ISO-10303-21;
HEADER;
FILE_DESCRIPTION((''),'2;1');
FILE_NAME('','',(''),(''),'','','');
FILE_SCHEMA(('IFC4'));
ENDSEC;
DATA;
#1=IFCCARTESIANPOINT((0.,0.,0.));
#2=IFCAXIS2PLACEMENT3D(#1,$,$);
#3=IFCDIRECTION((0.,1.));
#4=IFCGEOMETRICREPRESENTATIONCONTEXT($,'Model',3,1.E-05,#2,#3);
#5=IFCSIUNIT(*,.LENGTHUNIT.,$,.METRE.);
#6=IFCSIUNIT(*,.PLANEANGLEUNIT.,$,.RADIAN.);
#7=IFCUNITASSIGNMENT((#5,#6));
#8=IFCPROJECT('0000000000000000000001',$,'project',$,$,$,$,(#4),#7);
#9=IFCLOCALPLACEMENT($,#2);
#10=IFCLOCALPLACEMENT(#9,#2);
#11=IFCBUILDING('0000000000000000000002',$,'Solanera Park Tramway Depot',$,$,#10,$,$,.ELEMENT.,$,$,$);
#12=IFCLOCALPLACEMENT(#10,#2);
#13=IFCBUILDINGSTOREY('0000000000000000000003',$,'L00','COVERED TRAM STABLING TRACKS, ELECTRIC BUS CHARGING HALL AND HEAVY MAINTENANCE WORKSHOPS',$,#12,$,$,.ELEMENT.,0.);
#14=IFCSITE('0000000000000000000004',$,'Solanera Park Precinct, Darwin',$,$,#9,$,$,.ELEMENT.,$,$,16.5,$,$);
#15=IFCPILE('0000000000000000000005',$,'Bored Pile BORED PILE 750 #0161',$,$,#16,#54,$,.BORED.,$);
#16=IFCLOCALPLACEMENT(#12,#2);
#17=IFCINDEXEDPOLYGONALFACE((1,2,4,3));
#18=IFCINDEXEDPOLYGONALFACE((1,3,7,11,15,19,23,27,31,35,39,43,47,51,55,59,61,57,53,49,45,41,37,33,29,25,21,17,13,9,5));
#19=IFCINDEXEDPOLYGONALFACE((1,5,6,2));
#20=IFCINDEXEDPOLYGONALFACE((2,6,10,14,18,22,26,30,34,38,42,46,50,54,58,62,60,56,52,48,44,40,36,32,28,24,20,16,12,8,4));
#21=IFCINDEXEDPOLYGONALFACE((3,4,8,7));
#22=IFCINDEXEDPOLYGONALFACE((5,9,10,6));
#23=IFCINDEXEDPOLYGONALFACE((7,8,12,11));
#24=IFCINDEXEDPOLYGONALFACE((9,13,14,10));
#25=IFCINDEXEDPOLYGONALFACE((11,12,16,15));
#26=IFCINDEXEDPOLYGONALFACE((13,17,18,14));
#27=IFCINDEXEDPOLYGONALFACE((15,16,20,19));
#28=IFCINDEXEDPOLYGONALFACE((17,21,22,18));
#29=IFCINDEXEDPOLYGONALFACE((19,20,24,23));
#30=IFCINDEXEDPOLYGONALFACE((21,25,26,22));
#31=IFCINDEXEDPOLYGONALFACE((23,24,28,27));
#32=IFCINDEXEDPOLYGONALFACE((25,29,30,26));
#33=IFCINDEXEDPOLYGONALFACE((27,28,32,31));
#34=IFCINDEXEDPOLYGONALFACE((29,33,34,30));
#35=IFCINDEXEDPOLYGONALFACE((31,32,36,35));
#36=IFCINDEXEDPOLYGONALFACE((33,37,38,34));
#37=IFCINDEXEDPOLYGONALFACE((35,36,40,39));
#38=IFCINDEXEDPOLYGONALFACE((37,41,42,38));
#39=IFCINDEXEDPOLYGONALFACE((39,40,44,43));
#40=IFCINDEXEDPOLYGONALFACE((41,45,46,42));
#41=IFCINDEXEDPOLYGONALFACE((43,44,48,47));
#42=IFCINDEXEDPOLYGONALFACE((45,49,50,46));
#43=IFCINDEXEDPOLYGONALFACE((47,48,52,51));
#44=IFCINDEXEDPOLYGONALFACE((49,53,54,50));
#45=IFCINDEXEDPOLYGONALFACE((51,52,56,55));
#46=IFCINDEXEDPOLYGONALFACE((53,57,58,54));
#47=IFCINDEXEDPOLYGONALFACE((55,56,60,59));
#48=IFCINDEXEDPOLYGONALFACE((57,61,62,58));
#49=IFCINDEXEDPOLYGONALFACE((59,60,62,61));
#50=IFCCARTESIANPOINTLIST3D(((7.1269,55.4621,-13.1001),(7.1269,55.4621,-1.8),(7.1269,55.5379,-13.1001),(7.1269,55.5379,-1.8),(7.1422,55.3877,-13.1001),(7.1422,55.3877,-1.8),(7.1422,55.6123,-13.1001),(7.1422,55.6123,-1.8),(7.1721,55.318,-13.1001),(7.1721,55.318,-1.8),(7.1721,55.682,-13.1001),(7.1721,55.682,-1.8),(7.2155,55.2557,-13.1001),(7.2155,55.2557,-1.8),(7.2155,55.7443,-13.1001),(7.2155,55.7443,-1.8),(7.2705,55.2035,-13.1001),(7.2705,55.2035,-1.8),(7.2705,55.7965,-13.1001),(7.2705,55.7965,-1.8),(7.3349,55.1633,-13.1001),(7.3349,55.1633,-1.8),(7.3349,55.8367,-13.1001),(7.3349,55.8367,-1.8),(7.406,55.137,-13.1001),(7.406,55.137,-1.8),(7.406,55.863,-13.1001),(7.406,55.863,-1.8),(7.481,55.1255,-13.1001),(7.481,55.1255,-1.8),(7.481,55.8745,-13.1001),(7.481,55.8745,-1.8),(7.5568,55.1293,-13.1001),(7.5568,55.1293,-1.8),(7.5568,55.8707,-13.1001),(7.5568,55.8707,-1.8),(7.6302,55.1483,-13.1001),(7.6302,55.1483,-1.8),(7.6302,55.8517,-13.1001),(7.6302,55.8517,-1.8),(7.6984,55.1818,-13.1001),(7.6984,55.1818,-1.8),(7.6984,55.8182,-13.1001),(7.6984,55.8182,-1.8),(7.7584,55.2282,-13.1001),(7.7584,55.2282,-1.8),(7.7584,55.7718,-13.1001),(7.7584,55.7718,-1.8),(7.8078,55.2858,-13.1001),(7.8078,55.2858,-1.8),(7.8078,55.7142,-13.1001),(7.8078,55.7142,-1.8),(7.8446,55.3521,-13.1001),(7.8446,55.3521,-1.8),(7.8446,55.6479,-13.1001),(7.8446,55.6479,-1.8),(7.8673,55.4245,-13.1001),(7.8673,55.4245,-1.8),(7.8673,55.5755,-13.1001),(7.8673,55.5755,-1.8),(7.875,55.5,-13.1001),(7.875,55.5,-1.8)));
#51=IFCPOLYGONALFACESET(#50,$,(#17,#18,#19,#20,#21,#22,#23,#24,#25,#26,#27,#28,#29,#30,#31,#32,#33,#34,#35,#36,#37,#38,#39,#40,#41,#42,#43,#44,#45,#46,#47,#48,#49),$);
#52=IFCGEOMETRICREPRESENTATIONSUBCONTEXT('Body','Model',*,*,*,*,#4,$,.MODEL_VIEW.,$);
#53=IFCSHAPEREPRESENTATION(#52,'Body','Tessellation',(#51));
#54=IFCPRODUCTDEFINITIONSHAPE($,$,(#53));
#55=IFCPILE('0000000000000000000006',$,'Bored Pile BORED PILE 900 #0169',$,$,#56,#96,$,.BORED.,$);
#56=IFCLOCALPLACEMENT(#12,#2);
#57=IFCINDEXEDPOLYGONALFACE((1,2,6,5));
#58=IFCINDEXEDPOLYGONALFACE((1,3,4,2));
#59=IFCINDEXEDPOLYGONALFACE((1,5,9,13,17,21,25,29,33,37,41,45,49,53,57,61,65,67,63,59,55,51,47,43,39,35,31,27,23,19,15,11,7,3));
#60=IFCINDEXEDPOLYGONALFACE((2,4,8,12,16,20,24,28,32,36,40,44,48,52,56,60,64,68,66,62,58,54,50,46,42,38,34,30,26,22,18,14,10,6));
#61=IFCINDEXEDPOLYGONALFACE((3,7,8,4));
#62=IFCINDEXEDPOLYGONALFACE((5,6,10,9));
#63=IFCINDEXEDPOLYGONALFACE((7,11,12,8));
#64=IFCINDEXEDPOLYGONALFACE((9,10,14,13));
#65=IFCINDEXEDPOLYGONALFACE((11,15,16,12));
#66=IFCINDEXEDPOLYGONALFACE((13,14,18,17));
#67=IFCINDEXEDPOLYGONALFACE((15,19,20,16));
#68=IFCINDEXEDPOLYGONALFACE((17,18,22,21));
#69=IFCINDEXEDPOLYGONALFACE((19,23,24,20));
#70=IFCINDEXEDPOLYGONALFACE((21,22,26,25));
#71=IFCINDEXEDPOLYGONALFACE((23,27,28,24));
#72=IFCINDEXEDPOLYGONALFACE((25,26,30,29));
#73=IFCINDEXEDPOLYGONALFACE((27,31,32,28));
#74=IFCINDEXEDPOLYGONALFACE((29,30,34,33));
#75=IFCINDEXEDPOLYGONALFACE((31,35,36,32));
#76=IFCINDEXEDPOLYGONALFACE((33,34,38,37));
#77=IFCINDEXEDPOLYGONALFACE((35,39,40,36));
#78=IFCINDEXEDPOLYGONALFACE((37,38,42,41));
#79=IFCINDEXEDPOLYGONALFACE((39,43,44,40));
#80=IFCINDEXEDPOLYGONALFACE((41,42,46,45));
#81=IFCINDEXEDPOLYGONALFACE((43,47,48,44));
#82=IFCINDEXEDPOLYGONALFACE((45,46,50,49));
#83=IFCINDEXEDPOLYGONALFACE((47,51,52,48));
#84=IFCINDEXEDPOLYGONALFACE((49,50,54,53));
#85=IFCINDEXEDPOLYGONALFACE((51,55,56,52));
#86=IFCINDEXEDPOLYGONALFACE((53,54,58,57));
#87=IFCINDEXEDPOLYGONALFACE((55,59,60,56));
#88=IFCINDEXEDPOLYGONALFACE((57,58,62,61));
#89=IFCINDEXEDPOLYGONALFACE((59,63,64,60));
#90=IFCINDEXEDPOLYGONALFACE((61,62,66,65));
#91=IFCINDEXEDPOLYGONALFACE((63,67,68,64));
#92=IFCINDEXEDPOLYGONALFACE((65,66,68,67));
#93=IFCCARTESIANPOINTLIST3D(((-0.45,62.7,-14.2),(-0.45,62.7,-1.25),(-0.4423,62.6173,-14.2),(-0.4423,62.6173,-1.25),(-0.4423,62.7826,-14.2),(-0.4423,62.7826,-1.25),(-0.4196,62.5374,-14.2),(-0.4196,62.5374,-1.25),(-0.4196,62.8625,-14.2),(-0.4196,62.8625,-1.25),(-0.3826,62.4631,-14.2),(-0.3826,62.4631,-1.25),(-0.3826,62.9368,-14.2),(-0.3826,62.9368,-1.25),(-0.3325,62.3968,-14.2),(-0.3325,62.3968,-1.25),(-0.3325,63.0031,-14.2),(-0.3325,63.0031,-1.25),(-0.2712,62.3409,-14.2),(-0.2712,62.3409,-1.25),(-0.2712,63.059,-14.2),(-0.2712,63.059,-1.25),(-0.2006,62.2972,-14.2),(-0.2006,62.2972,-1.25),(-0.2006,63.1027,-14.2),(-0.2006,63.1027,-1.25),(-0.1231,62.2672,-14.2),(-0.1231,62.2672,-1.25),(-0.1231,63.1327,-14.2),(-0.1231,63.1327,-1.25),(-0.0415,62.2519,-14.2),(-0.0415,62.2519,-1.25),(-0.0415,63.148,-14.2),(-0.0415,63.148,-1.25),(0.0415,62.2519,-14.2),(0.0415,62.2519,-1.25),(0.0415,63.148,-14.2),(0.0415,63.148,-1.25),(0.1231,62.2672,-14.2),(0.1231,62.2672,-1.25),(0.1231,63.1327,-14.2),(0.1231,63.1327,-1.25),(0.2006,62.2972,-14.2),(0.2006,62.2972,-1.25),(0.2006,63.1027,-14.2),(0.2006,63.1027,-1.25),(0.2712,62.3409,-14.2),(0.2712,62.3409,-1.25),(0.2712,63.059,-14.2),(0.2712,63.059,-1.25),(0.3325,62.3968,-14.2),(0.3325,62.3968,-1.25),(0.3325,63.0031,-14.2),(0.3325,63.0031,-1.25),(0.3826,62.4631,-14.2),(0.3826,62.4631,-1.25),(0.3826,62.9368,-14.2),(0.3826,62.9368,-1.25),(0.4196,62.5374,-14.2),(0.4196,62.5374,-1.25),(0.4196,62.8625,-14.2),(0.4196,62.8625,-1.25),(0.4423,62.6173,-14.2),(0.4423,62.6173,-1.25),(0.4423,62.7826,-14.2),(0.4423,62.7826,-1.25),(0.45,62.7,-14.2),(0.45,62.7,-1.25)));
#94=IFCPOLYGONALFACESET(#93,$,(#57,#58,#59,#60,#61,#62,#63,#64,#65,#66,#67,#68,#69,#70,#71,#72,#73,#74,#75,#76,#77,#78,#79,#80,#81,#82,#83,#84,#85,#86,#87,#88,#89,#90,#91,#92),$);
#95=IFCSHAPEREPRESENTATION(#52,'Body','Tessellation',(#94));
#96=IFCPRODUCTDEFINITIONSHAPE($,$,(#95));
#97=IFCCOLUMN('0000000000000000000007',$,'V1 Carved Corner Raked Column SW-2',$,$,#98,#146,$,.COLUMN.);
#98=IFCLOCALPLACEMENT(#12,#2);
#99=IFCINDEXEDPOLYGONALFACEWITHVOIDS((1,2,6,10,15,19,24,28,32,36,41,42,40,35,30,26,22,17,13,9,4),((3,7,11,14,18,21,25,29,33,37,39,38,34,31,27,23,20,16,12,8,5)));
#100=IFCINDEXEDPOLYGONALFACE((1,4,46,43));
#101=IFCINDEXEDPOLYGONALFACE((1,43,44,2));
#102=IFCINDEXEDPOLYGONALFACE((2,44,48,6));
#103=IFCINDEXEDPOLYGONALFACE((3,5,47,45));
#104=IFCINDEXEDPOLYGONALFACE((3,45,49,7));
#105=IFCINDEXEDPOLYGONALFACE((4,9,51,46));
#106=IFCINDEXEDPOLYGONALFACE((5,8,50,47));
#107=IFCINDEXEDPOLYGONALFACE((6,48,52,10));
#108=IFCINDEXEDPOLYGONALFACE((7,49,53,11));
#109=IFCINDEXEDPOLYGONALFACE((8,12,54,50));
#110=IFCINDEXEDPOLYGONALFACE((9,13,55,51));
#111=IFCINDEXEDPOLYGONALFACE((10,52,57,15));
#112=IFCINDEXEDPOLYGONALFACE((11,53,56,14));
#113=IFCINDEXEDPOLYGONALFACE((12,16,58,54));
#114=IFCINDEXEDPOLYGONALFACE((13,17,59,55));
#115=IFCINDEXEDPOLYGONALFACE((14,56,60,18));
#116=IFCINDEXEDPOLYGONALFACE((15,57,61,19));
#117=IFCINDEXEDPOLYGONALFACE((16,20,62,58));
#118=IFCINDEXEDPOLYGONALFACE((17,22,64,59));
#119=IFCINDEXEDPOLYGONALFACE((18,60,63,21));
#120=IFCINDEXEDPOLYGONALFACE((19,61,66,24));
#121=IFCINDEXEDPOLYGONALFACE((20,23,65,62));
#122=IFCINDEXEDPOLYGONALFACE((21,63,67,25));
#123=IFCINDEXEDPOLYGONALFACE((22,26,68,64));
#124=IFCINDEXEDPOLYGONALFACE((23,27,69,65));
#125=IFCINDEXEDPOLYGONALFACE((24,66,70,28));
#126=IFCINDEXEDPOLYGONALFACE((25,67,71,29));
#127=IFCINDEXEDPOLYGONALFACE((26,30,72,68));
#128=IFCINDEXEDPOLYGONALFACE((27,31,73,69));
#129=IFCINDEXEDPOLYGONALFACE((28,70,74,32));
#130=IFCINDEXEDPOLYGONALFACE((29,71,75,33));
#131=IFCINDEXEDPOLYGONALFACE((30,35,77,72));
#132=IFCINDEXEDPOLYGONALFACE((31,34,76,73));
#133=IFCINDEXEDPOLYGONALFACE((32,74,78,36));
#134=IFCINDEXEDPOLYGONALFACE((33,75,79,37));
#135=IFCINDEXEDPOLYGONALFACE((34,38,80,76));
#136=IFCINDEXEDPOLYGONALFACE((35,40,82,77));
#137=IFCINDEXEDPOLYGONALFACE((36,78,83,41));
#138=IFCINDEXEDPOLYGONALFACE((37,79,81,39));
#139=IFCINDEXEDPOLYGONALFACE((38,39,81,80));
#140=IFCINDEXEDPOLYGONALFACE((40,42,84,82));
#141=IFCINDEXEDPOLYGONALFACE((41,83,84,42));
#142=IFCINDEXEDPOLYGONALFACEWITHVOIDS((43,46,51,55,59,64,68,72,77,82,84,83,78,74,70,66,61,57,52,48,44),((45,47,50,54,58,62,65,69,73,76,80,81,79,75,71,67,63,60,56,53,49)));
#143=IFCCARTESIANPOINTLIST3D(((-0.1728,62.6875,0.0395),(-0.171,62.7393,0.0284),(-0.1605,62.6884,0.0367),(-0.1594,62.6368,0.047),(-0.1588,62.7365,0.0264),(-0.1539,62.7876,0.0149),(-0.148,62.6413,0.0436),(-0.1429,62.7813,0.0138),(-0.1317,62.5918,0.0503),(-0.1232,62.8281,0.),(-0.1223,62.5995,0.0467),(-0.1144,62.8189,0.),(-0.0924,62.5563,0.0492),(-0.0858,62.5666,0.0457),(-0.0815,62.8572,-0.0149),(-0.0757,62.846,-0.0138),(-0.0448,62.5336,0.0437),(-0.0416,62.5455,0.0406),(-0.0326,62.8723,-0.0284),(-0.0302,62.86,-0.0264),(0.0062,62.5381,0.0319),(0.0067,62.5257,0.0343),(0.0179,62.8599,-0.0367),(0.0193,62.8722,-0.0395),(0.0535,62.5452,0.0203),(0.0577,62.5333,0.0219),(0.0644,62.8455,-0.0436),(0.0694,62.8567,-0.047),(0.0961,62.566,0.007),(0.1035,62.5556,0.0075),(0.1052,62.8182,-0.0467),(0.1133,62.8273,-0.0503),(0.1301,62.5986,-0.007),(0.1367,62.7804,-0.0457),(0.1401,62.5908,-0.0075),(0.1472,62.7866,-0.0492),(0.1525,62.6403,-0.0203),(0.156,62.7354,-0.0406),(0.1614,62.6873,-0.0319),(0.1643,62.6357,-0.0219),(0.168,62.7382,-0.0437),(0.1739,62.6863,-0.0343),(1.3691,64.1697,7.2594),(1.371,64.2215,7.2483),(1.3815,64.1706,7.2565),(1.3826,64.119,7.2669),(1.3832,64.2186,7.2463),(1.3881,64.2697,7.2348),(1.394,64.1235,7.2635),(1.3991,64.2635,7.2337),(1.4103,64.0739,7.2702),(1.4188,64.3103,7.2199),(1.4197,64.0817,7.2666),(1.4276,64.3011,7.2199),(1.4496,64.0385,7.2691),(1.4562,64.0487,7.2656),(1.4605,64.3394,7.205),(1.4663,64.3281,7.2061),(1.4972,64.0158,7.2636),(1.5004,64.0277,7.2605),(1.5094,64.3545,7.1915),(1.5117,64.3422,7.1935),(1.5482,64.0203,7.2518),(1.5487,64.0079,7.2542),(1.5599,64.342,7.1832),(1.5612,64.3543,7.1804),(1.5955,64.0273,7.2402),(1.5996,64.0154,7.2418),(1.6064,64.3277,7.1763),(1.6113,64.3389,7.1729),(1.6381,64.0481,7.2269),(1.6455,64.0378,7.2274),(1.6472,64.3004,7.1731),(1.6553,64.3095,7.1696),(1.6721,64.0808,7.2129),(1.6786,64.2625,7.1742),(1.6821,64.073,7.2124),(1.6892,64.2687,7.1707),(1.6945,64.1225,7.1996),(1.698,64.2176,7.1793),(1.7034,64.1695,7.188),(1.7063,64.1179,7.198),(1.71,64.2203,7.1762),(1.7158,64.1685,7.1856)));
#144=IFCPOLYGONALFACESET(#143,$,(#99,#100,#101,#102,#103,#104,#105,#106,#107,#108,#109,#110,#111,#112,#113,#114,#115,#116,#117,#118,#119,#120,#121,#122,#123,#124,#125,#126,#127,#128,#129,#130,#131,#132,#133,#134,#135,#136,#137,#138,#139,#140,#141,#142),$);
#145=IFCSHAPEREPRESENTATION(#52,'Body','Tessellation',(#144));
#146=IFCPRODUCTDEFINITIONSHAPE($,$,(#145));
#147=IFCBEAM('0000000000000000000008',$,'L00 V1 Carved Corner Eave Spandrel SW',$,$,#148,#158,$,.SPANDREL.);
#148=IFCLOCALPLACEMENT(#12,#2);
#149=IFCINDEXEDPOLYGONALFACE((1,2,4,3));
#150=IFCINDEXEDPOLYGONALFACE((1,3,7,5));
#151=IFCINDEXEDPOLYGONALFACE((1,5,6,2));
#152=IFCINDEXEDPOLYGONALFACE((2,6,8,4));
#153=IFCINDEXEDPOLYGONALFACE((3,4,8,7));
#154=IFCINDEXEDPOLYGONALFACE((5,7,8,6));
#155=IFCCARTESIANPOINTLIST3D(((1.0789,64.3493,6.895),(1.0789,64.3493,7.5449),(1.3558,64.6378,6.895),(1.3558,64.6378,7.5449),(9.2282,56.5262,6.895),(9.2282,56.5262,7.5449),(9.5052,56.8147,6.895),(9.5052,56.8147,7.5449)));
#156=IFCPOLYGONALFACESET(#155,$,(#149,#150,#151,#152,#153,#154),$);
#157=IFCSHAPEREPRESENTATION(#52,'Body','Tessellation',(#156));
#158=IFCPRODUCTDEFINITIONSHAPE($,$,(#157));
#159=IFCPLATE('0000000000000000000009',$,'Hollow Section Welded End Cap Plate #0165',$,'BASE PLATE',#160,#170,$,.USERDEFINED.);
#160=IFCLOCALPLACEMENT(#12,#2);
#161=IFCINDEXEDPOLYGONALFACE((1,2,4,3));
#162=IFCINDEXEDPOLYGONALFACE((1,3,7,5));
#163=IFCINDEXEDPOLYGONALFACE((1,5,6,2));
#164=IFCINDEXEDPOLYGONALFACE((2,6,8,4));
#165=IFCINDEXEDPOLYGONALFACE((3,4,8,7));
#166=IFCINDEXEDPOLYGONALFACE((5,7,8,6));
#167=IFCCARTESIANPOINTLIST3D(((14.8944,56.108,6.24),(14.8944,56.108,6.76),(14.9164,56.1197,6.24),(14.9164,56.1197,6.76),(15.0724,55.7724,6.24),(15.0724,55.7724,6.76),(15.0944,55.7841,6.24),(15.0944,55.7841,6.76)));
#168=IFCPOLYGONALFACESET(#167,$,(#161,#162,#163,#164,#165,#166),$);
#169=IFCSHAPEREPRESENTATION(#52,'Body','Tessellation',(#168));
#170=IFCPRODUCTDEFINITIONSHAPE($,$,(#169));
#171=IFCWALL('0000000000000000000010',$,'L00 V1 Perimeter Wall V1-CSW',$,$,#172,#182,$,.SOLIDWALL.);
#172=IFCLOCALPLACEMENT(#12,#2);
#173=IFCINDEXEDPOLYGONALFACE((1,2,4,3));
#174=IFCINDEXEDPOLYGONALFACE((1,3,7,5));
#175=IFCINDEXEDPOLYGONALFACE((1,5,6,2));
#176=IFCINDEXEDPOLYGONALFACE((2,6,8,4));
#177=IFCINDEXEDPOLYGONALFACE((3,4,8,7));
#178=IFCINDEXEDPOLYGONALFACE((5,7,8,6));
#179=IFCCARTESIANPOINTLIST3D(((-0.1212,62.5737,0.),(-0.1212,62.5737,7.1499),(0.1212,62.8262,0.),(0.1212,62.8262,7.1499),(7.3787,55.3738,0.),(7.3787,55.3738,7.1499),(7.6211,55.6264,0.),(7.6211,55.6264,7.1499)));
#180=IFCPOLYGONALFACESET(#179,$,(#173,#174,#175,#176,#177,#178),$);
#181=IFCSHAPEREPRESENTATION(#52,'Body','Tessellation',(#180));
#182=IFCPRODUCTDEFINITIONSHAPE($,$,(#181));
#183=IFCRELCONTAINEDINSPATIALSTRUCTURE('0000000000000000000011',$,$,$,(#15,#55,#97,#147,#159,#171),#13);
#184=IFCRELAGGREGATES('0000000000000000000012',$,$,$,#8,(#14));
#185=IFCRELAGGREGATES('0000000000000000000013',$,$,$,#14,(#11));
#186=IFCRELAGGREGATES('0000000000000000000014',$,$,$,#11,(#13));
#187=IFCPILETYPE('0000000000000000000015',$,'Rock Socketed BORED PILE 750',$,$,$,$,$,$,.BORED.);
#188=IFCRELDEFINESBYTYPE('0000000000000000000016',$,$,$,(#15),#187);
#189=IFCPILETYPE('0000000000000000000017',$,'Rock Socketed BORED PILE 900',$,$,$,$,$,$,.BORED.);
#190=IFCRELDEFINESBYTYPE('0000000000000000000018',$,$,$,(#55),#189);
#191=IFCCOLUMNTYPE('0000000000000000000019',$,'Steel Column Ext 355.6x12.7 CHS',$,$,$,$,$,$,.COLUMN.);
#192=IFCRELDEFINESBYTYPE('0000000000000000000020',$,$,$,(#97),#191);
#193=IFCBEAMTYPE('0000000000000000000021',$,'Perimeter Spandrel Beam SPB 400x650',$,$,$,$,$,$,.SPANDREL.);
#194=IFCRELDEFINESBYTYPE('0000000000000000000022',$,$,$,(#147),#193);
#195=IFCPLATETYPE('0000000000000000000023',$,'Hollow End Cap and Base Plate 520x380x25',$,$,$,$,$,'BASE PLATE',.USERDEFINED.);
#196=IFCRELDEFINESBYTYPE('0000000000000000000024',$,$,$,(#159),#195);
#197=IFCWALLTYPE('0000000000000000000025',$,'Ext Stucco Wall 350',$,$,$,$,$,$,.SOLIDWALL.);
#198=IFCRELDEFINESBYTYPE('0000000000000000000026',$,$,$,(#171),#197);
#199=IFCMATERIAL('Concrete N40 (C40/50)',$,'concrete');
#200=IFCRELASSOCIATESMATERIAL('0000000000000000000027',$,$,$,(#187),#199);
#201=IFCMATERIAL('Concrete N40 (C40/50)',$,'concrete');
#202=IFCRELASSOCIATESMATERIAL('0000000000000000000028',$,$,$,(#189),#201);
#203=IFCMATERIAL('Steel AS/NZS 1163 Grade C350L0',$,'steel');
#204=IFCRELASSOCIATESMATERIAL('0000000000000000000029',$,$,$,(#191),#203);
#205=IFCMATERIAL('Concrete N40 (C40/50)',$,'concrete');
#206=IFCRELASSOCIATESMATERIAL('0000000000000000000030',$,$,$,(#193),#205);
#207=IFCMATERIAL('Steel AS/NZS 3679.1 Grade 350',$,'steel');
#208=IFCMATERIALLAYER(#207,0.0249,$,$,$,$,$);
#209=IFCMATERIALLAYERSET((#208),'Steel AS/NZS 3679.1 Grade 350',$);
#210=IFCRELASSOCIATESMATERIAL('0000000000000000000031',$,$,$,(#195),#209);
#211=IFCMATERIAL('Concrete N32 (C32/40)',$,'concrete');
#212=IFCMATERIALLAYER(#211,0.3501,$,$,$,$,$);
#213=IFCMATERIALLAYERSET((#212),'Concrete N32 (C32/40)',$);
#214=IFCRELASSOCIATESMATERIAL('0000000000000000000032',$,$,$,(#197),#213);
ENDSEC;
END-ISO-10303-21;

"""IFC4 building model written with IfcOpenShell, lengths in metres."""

from ifc_helpers import new_model, si_unit, direction, frame, frame_2d, origin, origin_2d, place, context, subcontext, project, spatial, rectangle, circle, hollow_circle, extrude, material, layer, layer_set, material_profile, profile_set, type_object, element, save


model = new_model("IFC4")

# Units and contexts
model_context = context("Model", 3, precision=1e-05, world=origin(), true_north=direction((0.0, 1.0)))
body_context = subcontext(model_context, "Body", "Model", "MODEL_VIEW")
ifc_project = project(units=[si_unit("LENGTHUNIT", "METRE"), si_unit("PLANEANGLEUNIT", "RADIAN")], contexts=[model_context])

# Site, building, storey
site_placement = place(None, origin())
site = spatial("IfcSite", under=ifc_project, at=site_placement, Name="Solanera Park Precinct, Darwin", CompositionType="ELEMENT", RefElevation=16.5)
building_placement = place(site_placement, origin())
building = spatial("IfcBuilding", under=site, at=building_placement, Name="Solanera Park Tramway Depot", CompositionType="ELEMENT")
storey_placement = place(building_placement, origin())
storey = spatial("IfcBuildingStorey", under=building, at=storey_placement, Name="L00", Description="COVERED TRAM STABLING TRACKS, ELECTRIC BUS CHARGING HALL AND HEAVY MAINTENANCE WORKSHOPS", CompositionType="ELEMENT", Elevation=0.0)

# Piles
ifc_material_1 = material(Name="Concrete N40 (C40/50)", Category="concrete")
ifc_material_profile_1 = material_profile(ifc_material_1, circle(Radius=0.375, at=origin_2d()), Name="BORED PILE 750")
ifc_profile_set_1 = profile_set([ifc_material_profile_1], Name="Concrete N40 (C40/50)")
pile_type_1 = type_object("IfcPileType", Name="Rock Socketed BORED PILE 750", PredefinedType="BORED", material=ifc_profile_set_1)
pile_1_placement = place(storey_placement, frame((7.5, 55.5, -1.8), z_axis=(0.0, 0.0, -1.0), x_axis=(1.0, 0.0, 0.0)))
element("IfcPile", 1, at=pile_1_placement, inside=storey, type_object=pile_type_1, Name="Bored Pile BORED PILE 750 #0161", PredefinedType="BORED", context=body_context, shape_type="SweptSolid", body=[
    extrude(circle(Radius=0.375, at=origin_2d()), origin(), (0.0, 0.0, 1.0), 11.3),
])
ifc_material_2 = material(Name="Concrete N40 (C40/50)", Category="concrete")
ifc_material_profile_2 = material_profile(ifc_material_2, circle(Radius=0.45, at=origin_2d()), Name="BORED PILE 900")
ifc_profile_set_2 = profile_set([ifc_material_profile_2], Name="Concrete N40 (C40/50)")
pile_type_2 = type_object("IfcPileType", Name="Rock Socketed BORED PILE 900", PredefinedType="BORED", material=ifc_profile_set_2)
pile_2_placement = place(storey_placement, frame((0.0, 62.7, -1.25), z_axis=(0.0, 0.0, -1.0), x_axis=(1.0, 0.0, 0.0)))
element("IfcPile", 2, at=pile_2_placement, inside=storey, type_object=pile_type_2, Name="Bored Pile BORED PILE 900 #0169", PredefinedType="BORED", context=body_context, shape_type="SweptSolid", body=[
    extrude(circle(Radius=0.45, at=origin_2d()), origin(), (0.0, 0.0, 1.0), 12.95),
])

# Column
ifc_material_3 = material(Name="Steel AS/NZS 1163 Grade C350L0", Category="steel")
ifc_material_profile_3 = material_profile(ifc_material_3, hollow_circle(Radius=0.1777, WallThickness=0.0127, at=origin_2d()), Name="355.6x12.7 CHS")
ifc_profile_set_3 = profile_set([ifc_material_profile_3], Name="Steel AS/NZS 1163 Grade C350L0")
column_type = type_object("IfcColumnType", Name="Steel Column Ext 355.6x12.7 CHS", PredefinedType="COLUMN", material=ifc_profile_set_3)
column_placement = place(storey_placement, frame((0.0, 62.7, 0.0), z_axis=(0.204777, 0.196833, 0.958813), x_axis=(-0.692986, 0.720952, 0.0)))
element("IfcColumn", 3, at=column_placement, inside=storey, type_object=column_type, Name="V1 Carved Corner Raked Column SW-2", PredefinedType="COLUMN", context=body_context, shape_type="SweptSolid", body=[
    extrude(hollow_circle(Radius=0.1777, WallThickness=0.0127, at=origin_2d()), origin(), (0.0, 0.0, 1.0), 7.53),
])

# Beam
ifc_material_4 = material(Name="Concrete N40 (C40/50)", Category="concrete")
ifc_material_profile_4 = material_profile(ifc_material_4, rectangle(XDim=0.3999, YDim=0.6499, at=origin_2d()), Name="SPB 400x650")
ifc_profile_set_4 = profile_set([ifc_material_profile_4], Name="Concrete N40 (C40/50)")
beam_type = type_object("IfcBeamType", Name="Perimeter Spandrel Beam SPB 400x650", PredefinedType="SPANDREL", material=ifc_profile_set_4)
beam_placement = place(storey_placement, frame((9.3667, 56.6704, 7.22), z_axis=(-0.721396, 0.692523, 0.0), x_axis=(-0.692523, -0.721396, 0.0)))
element("IfcBeam", 4, at=beam_placement, inside=storey, type_object=beam_type, Name="L00 V1 Carved Corner Eave Spandrel SW", PredefinedType="SPANDREL", context=body_context, shape_type="SweptSolid", body=[
    extrude(rectangle(XDim=0.3999, YDim=0.6499, at=origin_2d()), origin(), (0.0, 0.0, 1.0), 11.2966),
])

# Plate
ifc_material_5 = material(Name="Steel AS/NZS 3679.1 Grade 350", Category="steel")
ifc_layer_1 = layer(ifc_material_5, 0.0249)
ifc_layer_set_1 = layer_set([ifc_layer_1], Name="Steel AS/NZS 3679.1 Grade 350")
plate_type = type_object("IfcPlateType", Name="Hollow End Cap and Base Plate 520x380x25", ElementType="BASE PLATE", PredefinedType="USERDEFINED", material=ifc_layer_set_1)
plate_placement = place(storey_placement, frame((14.9944, 55.946, 6.24), z_axis=(0.0, 0.0, 1.0), x_axis=(0.883521, 0.468392, 0.0)))
element("IfcPlate", 5, at=plate_placement, inside=storey, type_object=plate_type, Name="Hollow Section Welded End Cap Plate #0165", ObjectType="BASE PLATE", PredefinedType="USERDEFINED", context=body_context, shape_type="SweptSolid", body=[
    extrude(rectangle(XDim=0.0249, YDim=0.3799, at=origin_2d()), origin(), (0.0, 0.0, 1.0), 0.52),
])

# Shared definitions
ifc_material_6 = material(Name="Concrete N32 (C32/40)", Category="concrete")
ifc_layer_2 = layer(ifc_material_6, 0.3501)
ifc_layer_set_2 = layer_set([ifc_layer_2], Name="Concrete N32 (C32/40)")
wall_type = type_object("IfcWallType", Name="Ext Stucco Wall 350", PredefinedType="SOLIDWALL", material=ifc_layer_set_2)

# Wall
wall_1_placement = place(storey_placement, frame((0.0, 62.7, 0.0), z_axis=(0.0, 0.0, 1.0), x_axis=(0.72139, -0.692529, 0.0)))
element("IfcWall", 6, at=wall_1_placement, inside=storey, type_object=wall_type, Name="L00 V1 Perimeter Wall V1-CSW", PredefinedType="SOLIDWALL", context=body_context, shape_type="SweptSolid", body=[
    extrude(rectangle(XDim=10.3965, YDim=0.3501, at=frame_2d((5.1982, 0.0))), origin(), (0.0, 0.0, 1.0), 7.1499),
])

save(model, "model.ifc")
